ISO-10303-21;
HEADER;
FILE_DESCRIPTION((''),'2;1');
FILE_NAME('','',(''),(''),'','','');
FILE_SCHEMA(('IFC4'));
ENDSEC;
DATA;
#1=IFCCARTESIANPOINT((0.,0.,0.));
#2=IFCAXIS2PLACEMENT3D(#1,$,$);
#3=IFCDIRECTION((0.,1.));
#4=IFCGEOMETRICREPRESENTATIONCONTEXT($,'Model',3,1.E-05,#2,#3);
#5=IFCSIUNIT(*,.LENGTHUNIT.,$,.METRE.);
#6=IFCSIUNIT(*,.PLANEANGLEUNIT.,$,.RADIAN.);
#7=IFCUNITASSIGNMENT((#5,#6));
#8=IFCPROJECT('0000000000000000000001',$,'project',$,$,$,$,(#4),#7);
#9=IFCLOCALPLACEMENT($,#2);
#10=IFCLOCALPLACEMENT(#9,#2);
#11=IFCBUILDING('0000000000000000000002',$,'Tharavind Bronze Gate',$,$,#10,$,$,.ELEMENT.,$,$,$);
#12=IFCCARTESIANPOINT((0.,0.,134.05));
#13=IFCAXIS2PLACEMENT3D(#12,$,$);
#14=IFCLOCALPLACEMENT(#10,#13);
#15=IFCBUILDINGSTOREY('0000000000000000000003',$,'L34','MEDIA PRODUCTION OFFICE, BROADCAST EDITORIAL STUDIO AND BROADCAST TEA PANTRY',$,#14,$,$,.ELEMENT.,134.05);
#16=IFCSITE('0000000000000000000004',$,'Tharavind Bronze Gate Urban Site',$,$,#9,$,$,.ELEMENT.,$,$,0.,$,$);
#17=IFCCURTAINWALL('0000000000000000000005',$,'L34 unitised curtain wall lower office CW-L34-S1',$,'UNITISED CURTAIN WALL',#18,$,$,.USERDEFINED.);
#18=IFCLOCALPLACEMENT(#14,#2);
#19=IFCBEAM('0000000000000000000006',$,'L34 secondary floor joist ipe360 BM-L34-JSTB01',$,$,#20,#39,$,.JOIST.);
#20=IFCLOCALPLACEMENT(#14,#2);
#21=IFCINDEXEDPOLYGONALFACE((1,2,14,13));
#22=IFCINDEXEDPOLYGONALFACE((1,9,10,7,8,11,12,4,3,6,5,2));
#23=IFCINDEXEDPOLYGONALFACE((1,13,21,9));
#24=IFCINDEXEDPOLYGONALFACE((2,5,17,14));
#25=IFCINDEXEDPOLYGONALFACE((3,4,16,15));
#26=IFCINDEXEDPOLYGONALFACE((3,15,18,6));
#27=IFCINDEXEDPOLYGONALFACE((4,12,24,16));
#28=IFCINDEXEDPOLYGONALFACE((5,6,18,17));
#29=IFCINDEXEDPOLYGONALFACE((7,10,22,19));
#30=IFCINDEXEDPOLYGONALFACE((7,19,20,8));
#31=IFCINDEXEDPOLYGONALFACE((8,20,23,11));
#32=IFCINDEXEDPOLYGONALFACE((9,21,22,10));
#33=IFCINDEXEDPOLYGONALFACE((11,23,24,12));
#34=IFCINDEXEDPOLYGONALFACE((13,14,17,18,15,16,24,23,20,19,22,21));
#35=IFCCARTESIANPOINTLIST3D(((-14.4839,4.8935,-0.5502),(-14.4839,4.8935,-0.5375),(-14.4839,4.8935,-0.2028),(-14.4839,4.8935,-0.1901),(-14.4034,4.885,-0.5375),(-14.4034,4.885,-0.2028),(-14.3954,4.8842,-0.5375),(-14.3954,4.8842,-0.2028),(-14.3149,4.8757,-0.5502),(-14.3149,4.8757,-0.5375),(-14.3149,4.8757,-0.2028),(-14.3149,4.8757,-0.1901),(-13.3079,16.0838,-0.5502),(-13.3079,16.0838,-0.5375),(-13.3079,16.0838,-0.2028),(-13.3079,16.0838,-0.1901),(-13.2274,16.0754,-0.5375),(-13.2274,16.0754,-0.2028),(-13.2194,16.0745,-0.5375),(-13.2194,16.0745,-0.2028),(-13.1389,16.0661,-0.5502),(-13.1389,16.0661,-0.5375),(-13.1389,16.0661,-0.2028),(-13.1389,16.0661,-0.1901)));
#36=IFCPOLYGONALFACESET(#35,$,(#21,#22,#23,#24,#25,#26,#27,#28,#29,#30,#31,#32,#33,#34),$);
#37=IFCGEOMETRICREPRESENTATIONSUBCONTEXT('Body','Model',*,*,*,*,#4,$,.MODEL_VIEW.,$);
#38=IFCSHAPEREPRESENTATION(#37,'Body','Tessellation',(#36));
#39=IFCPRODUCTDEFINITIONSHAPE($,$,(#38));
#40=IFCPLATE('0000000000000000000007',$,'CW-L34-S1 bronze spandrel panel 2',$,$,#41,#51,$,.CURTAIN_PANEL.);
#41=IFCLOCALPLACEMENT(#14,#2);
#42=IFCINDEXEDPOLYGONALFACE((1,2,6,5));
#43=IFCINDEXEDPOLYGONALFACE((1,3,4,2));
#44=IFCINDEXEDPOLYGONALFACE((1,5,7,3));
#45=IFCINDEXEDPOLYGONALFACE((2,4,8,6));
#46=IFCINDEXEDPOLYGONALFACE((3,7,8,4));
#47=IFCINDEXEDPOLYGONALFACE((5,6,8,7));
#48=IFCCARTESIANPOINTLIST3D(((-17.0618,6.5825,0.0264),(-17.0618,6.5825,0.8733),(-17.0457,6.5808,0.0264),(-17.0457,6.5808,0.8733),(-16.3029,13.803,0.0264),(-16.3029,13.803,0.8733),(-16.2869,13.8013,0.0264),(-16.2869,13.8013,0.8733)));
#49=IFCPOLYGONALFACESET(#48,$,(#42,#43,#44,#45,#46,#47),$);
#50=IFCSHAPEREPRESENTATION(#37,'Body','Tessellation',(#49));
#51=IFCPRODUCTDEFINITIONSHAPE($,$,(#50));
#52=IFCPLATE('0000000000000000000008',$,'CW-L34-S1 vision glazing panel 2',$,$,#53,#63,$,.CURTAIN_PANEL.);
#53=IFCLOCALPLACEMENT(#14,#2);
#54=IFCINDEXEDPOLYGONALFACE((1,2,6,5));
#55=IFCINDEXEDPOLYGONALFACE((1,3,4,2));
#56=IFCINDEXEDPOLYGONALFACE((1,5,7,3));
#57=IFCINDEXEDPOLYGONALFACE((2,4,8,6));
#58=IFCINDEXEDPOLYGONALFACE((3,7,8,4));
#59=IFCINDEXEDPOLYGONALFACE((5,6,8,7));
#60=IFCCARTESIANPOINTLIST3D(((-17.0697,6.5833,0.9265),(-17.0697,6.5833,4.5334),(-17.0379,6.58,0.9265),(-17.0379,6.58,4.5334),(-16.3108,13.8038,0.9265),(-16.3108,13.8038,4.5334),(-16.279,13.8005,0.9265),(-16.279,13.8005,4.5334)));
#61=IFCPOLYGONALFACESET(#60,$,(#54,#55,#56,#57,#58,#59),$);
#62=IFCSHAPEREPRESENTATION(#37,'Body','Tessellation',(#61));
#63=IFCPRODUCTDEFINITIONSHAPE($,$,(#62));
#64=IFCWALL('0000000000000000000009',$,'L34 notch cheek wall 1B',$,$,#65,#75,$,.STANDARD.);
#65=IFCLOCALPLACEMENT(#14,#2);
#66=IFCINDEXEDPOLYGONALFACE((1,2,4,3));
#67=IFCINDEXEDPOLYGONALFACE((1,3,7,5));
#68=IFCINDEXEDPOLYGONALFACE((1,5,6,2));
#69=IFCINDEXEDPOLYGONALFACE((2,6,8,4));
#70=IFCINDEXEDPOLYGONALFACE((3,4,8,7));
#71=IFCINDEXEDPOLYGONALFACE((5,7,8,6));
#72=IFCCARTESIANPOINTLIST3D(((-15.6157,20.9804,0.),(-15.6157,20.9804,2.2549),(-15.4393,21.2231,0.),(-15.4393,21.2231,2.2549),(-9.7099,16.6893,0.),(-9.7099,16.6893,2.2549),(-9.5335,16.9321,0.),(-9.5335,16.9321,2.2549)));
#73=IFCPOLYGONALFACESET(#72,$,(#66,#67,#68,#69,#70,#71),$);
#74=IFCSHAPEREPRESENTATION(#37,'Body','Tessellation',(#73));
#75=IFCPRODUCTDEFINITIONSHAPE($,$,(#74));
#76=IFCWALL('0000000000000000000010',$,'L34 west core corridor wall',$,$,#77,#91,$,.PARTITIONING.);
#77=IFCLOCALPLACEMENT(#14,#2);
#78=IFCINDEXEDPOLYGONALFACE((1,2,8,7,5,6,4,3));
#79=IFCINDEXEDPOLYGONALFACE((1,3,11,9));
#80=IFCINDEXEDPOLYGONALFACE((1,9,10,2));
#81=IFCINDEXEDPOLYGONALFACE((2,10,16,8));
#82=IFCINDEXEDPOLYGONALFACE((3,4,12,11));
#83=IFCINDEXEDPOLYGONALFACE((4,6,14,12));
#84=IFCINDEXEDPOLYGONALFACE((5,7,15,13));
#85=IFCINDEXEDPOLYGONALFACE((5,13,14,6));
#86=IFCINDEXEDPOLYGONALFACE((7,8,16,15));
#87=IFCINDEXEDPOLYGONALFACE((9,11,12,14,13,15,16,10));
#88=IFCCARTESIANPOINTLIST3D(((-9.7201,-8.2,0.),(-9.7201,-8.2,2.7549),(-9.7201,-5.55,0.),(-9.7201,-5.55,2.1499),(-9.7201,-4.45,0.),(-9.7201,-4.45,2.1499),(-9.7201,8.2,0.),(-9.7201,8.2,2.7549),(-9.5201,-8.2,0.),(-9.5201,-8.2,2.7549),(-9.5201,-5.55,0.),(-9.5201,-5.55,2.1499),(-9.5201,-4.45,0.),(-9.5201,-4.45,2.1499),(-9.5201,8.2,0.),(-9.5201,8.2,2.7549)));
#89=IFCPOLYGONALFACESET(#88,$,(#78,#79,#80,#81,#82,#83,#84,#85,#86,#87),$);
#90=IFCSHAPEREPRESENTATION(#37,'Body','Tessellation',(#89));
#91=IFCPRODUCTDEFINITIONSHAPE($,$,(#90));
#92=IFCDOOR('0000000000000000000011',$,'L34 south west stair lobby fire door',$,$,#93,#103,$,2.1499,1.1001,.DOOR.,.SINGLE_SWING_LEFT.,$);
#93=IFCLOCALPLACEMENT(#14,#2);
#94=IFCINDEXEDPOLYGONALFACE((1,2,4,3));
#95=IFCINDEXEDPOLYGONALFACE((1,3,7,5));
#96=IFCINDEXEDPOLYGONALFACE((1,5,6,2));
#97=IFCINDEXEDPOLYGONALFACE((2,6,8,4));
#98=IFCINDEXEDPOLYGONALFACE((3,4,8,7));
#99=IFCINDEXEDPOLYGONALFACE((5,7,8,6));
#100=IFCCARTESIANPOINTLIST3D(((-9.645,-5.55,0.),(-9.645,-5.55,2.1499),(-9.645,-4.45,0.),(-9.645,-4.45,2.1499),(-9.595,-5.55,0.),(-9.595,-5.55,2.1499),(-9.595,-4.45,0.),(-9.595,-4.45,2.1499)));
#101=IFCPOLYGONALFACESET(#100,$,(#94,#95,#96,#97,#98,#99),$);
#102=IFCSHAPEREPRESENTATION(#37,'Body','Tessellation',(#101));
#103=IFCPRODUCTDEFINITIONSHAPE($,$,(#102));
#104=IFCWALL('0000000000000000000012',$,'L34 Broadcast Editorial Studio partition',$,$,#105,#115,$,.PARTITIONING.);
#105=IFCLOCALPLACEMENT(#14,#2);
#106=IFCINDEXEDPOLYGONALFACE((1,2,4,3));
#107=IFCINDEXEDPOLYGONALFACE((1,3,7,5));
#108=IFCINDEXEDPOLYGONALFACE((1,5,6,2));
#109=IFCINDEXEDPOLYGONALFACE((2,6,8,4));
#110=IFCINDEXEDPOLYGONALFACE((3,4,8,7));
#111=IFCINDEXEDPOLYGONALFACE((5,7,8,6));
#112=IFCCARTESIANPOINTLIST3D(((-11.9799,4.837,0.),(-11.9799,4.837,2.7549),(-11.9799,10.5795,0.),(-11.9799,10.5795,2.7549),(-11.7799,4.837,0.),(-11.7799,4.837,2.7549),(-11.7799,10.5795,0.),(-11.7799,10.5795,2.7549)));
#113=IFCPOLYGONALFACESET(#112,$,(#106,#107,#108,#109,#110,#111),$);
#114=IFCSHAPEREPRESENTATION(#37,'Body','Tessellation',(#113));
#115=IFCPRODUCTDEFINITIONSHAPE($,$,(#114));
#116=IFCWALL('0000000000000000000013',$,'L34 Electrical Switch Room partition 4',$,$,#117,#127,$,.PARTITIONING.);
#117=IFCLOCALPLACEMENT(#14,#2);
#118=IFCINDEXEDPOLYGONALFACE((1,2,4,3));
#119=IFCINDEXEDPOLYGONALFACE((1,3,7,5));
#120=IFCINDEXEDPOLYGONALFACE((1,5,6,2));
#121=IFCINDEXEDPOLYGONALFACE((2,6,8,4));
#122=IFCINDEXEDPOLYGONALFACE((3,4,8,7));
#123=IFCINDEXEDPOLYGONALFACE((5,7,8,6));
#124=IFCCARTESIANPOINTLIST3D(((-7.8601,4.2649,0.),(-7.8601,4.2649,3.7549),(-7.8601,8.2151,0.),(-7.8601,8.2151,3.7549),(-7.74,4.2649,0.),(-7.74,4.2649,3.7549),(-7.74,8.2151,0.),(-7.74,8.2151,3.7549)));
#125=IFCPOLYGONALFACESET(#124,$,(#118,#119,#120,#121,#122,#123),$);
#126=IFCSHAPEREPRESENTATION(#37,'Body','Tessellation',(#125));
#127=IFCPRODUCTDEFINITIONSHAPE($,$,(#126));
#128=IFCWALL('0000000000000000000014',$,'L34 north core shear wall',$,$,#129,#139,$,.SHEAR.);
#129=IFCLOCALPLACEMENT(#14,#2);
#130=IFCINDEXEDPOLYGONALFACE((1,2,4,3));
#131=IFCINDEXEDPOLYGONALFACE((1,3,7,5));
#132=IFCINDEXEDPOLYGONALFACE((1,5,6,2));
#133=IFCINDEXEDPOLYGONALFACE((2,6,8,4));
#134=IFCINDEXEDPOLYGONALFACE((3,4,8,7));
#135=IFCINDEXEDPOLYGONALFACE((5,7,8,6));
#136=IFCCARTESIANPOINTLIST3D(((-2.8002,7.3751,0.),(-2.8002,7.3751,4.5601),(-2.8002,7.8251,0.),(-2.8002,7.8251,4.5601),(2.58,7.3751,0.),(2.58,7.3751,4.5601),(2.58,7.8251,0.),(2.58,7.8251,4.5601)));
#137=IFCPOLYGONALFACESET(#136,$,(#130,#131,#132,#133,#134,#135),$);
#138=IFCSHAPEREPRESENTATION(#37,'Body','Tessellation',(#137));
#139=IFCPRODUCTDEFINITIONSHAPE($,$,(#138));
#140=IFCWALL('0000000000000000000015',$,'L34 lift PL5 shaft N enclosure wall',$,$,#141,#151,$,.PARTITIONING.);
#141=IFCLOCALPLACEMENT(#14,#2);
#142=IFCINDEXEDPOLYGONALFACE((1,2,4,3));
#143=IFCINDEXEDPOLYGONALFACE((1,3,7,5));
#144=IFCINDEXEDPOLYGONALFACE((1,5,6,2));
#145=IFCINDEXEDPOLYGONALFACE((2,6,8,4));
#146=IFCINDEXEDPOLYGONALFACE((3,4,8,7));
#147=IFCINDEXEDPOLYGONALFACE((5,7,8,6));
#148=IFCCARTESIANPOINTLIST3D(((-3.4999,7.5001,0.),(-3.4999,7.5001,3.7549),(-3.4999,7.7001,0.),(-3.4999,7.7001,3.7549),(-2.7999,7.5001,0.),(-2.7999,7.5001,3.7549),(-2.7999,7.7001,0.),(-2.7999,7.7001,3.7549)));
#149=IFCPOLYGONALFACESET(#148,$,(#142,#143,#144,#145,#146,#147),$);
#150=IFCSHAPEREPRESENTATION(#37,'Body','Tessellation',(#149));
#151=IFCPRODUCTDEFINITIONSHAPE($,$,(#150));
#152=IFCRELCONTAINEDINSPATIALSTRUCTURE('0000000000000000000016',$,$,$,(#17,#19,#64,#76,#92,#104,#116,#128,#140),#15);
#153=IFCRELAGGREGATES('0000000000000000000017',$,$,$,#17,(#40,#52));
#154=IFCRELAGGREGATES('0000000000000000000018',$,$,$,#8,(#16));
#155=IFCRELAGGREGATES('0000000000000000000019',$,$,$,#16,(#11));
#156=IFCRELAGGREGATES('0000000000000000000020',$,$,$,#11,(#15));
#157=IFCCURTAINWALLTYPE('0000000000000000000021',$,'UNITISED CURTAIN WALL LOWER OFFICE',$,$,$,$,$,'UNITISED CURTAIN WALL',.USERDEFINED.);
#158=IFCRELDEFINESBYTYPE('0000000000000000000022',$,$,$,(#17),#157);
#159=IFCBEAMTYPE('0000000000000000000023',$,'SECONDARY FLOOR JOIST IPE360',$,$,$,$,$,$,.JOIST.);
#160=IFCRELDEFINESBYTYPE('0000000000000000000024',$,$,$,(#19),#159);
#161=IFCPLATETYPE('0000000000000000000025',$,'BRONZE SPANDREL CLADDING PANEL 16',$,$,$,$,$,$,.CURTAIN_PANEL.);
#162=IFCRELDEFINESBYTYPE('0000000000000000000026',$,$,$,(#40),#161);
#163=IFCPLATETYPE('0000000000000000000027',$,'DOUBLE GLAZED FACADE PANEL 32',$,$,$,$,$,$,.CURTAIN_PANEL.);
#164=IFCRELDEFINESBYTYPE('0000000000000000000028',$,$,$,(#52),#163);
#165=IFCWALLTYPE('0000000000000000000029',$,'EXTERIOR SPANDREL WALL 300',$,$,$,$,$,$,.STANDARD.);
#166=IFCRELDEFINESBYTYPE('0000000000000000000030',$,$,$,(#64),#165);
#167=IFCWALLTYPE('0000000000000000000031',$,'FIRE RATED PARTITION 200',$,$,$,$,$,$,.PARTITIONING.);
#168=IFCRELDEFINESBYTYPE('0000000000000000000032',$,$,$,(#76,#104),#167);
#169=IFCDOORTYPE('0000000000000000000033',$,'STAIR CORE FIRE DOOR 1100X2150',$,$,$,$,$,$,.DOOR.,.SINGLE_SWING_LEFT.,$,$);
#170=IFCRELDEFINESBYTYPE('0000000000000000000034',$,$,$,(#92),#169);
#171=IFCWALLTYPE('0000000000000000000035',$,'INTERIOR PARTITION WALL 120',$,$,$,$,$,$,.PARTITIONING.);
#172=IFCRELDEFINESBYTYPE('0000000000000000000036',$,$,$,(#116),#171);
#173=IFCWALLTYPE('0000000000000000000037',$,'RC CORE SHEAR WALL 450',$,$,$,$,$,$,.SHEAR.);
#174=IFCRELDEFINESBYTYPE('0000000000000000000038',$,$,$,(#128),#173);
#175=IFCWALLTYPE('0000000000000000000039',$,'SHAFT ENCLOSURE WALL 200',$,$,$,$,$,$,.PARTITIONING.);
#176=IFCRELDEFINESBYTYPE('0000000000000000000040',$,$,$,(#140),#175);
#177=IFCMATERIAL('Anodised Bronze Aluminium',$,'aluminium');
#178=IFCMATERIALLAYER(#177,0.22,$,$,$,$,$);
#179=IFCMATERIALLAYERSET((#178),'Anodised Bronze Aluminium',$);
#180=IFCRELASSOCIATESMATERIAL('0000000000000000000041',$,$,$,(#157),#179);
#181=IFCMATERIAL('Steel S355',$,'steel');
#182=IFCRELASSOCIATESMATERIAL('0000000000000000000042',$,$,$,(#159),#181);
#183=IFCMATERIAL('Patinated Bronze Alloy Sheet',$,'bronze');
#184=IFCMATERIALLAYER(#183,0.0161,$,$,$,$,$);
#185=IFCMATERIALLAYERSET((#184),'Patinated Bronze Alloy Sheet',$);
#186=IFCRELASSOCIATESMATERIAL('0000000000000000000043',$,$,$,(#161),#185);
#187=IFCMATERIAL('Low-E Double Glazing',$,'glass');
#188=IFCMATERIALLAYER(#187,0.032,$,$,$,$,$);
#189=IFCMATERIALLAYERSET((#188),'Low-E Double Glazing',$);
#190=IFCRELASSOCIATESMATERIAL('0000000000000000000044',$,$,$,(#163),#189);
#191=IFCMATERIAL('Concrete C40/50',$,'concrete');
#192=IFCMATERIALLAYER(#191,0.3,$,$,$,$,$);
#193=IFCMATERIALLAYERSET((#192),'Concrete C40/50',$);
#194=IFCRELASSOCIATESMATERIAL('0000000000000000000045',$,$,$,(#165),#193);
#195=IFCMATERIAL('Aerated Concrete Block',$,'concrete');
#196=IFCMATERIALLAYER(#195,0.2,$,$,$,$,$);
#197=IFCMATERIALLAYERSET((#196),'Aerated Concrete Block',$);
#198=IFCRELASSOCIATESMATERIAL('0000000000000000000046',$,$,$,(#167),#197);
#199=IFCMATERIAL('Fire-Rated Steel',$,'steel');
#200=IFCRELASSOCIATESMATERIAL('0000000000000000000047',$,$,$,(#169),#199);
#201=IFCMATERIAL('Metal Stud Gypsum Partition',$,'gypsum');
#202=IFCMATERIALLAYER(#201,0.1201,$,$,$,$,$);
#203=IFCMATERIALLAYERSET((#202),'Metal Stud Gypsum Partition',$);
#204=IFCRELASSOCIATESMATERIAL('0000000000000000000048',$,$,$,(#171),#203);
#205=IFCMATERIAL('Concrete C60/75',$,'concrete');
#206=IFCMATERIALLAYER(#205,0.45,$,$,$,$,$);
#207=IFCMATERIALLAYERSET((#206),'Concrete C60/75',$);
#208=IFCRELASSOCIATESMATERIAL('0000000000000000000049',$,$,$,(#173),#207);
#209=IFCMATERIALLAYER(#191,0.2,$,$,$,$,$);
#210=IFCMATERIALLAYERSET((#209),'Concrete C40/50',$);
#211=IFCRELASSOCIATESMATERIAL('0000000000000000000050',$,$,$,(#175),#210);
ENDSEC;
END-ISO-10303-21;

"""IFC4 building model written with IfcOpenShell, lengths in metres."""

from ifc_helpers import new_model, si_unit, direction, frame, frame_2d, origin, origin_2d, place, context, subcontext, project, spatial, rectangle, i_section, extrude, material, layer, layer_set, material_profile, profile_set, type_object, element, fill, aggregate, save


model = new_model("IFC4")

# Units and contexts
model_context = context("Model", 3, precision=1e-05, world=origin(), true_north=direction((0.0, 1.0)))
body_context = subcontext(model_context, "Body", "Model", "MODEL_VIEW")
ifc_project = project(units=[si_unit("LENGTHUNIT", "METRE"), si_unit("PLANEANGLEUNIT", "RADIAN")], contexts=[model_context])

# Site, building, storey
site_placement = place(None, origin())
site = spatial("IfcSite", under=ifc_project, at=site_placement, Name="Tharavind Bronze Gate Urban Site", CompositionType="ELEMENT", RefElevation=0.0)
building_placement = place(site_placement, origin())
building = spatial("IfcBuilding", under=site, at=building_placement, Name="Tharavind Bronze Gate", CompositionType="ELEMENT")
storey_placement = place(building_placement, frame((0.0, 0.0, 134.05)))
storey = spatial("IfcBuildingStorey", under=building, at=storey_placement, Name="L34", Description="MEDIA PRODUCTION OFFICE, BROADCAST EDITORIAL STUDIO AND BROADCAST TEA PANTRY", CompositionType="ELEMENT", Elevation=134.05)

# Shared definitions
ifc_material_1 = material(Name="Concrete C60/75", Category="concrete")

# Curtain wall
ifc_material_2 = material(Name="Anodised Bronze Aluminium", Category="aluminium")
ifc_layer_1 = layer(ifc_material_2, 0.22)
ifc_layer_set_1 = layer_set([ifc_layer_1], Name="Anodised Bronze Aluminium")
curtain_wall_type = type_object("IfcCurtainWallType", Name="UNITISED CURTAIN WALL LOWER OFFICE", ElementType="UNITISED CURTAIN WALL", PredefinedType="USERDEFINED", material=ifc_layer_set_1)
curtain_wall_placement = place(storey_placement, origin())
curtain_wall = element("IfcCurtainWall", 1, at=curtain_wall_placement, inside=storey, type_object=curtain_wall_type, Name="L34 unitised curtain wall lower office CW-L34-S1", ObjectType="UNITISED CURTAIN WALL", PredefinedType="USERDEFINED")

# Beam
ifc_material_3 = material(Name="Steel S355", Category="steel")
ifc_material_profile_1 = material_profile(ifc_material_3, i_section(OverallWidth=0.1699, OverallDepth=0.3601, WebThickness=0.0081, FlangeThickness=0.0127, at=origin_2d()), Name="IPE360")
ifc_profile_set_1 = profile_set([ifc_material_profile_1], Name="Steel S355")
beam_type_1 = type_object("IfcBeamType", Name="SECONDARY FLOOR JOIST IPE360", PredefinedType="JOIST", material=ifc_profile_set_1)
beam_1_placement = place(storey_placement, frame((-13.2234, 16.075, -0.3701), z_axis=(-0.104516, -0.994523, 0.0), x_axis=(0.994523, -0.104516, 0.0)))
element("IfcBeam", 2, at=beam_1_placement, inside=storey, type_object=beam_type_1, Name="L34 secondary floor joist ipe360 BM-L34-JSTB01", PredefinedType="JOIST", context=body_context, shape_type="SweptSolid", body=[
    extrude(i_section(OverallWidth=0.1699, OverallDepth=0.3601, WebThickness=0.0081, FlangeThickness=0.0127, at=origin_2d()), origin(), (0.0, 0.0, 1.0), 11.252),
])

# Plates
ifc_material_4 = material(Name="Patinated Bronze Alloy Sheet", Category="bronze")
ifc_layer_2 = layer(ifc_material_4, 0.0161)
ifc_layer_set_2 = layer_set([ifc_layer_2], Name="Patinated Bronze Alloy Sheet")
plate_type_1 = type_object("IfcPlateType", Name="BRONZE SPANDREL CLADDING PANEL 16", PredefinedType="CURTAIN_PANEL", material=ifc_layer_set_2)
plate_1_placement = place(storey_placement, frame((-16.6743, 10.1919, 0.0264), z_axis=(0.0, 0.0, 1.0), x_axis=(-0.104527, -0.994522, 0.0)))
plate_1 = element("IfcPlate", 3, at=plate_1_placement, type_object=plate_type_1, Name="CW-L34-S1 bronze spandrel panel 2", PredefinedType="CURTAIN_PANEL", context=body_context, shape_type="SweptSolid", body=[
    extrude(rectangle(XDim=7.2603, YDim=0.0161, at=origin_2d()), origin(), (0.0, 0.0, 1.0), 0.8469),
])
ifc_material_5 = material(Name="Low-E Double Glazing", Category="glass")
ifc_layer_3 = layer(ifc_material_5, 0.032)
ifc_layer_set_3 = layer_set([ifc_layer_3], Name="Low-E Double Glazing")
plate_type_2 = type_object("IfcPlateType", Name="DOUBLE GLAZED FACADE PANEL 32", PredefinedType="CURTAIN_PANEL", material=ifc_layer_set_3)
plate_2_placement = place(storey_placement, frame((-16.6743, 10.1919, 0.9265), z_axis=(0.0, 0.0, 1.0), x_axis=(-0.104527, -0.994522, 0.0)))
plate_2 = element("IfcPlate", 4, at=plate_2_placement, type_object=plate_type_2, Name="CW-L34-S1 vision glazing panel 2", PredefinedType="CURTAIN_PANEL", context=body_context, shape_type="SweptSolid", body=[
    extrude(rectangle(XDim=7.2603, YDim=0.032, at=origin_2d()), origin(), (0.0, 0.0, 1.0), 3.6069),
])
aggregate(curtain_wall, [plate_1, plate_2])

# Wall
ifc_material_6 = material(Name="Concrete C40/50", Category="concrete")
ifc_layer_4 = layer(ifc_material_6, 0.3)
ifc_layer_set_4 = layer_set([ifc_layer_4], Name="Concrete C40/50")
wall_type_1 = type_object("IfcWallType", Name="EXTERIOR SPANDREL WALL 300", PredefinedType="STANDARD", material=ifc_layer_set_4)
wall_1_placement = place(storey_placement, frame((-9.6218, 16.8108, 0.0), z_axis=(0.0, 0.0, 1.0), x_axis=(-0.809002, 0.587806, 0.0)))
element("IfcWall", 5, at=wall_1_placement, inside=storey, type_object=wall_type_1, Name="L34 notch cheek wall 1B", PredefinedType="STANDARD", context=body_context, shape_type="SweptSolid", body=[
    extrude(rectangle(XDim=7.3, YDim=0.3, at=frame_2d((3.6499, 0.0))), origin(), (0.0, 0.0, 1.0), 2.2549),
])

# Wall, opening, door
ifc_material_7 = material(Name="Aerated Concrete Block", Category="concrete")
ifc_layer_5 = layer(ifc_material_7, 0.2)
ifc_layer_set_5 = layer_set([ifc_layer_5], Name="Aerated Concrete Block")
wall_type_2 = type_object("IfcWallType", Name="FIRE RATED PARTITION 200", PredefinedType="PARTITIONING", material=ifc_layer_set_5)
wall_2_placement = place(storey_placement, frame((-9.6201, 8.2, 0.0), z_axis=(0.0, 0.0, 1.0), x_axis=(0.0, -1.0, 0.0)))
wall_2 = element("IfcWall", 6, at=wall_2_placement, inside=storey, type_object=wall_type_2, Name="L34 west core corridor wall", PredefinedType="PARTITIONING", context=body_context, shape_type="SweptSolid", body=[
    extrude(rectangle(XDim=16.3999, YDim=0.2, at=frame_2d((8.2, 0.0))), origin(), (0.0, 0.0, 1.0), 2.7549),
])
opening_placement = place(wall_2_placement, frame((12.6499, 0.0, 0.0)))
opening = element("IfcOpeningElement", 7, at=opening_placement, cuts=wall_2, PredefinedType="OPENING", context=body_context, shape_type="SweptSolid", body=[
    extrude(rectangle(XDim=1.1001, YDim=2.1499, at=frame_2d((0.55, 1.075))), frame((0.0, 0.1101, 0.0), z_axis=(0.0, -1.0, 0.0), x_axis=(1.0, 0.0, 0.0)), (0.0, 0.0, 1.0), 0.22),
])
ifc_material_8 = material(Name="Fire-Rated Steel", Category="steel")
door_type = type_object("IfcDoorType", Name="STAIR CORE FIRE DOOR 1100X2150", OperationType="SINGLE_SWING_LEFT", PredefinedType="DOOR", material=ifc_material_8)
door_placement = place(opening_placement, frame((1.1001, 0.0, 0.0), z_axis=(0.0, 0.0, 1.0), x_axis=(-1.0, 0.0, 0.0)))
door = element("IfcDoor", 8, at=door_placement, inside=storey, type_object=door_type, Name="L34 south west stair lobby fire door", OperationType="SINGLE_SWING_LEFT", OverallHeight=2.1499, OverallWidth=1.1001, PredefinedType="DOOR", context=body_context, shape_type="SweptSolid", body=[
    extrude(rectangle(XDim=1.1001, YDim=2.1499, at=frame_2d((0.55, 1.075))), frame((0.0, 0.0249, 0.0), z_axis=(0.0, -1.0, 0.0), x_axis=(1.0, 0.0, 0.0)), (0.0, 0.0, 1.0), 0.05),
])
fill(opening, door)

# Walls
wall_3_placement = place(storey_placement, frame((-11.8799, 10.5793, 0.0), z_axis=(0.0, 0.0, 1.0), x_axis=(0.0, -1.0, 0.0)))
element("IfcWall", 9, at=wall_3_placement, inside=storey, type_object=wall_type_2, Name="L34 Broadcast Editorial Studio partition", PredefinedType="PARTITIONING", context=body_context, shape_type="SweptSolid", body=[
    extrude(rectangle(XDim=5.7424, YDim=0.2, at=frame_2d((2.8711, 0.0))), origin(), (0.0, 0.0, 1.0), 2.7549),
])
ifc_material_9 = material(Name="Metal Stud Gypsum Partition", Category="gypsum")
ifc_layer_6 = layer(ifc_material_9, 0.1201)
ifc_layer_set_6 = layer_set([ifc_layer_6], Name="Metal Stud Gypsum Partition")
wall_type_3 = type_object("IfcWallType", Name="INTERIOR PARTITION WALL 120", PredefinedType="PARTITIONING", material=ifc_layer_set_6)
wall_4_placement = place(storey_placement, frame((-7.8, 8.2151, 0.0), z_axis=(0.0, 0.0, 1.0), x_axis=(0.0, -1.0, 0.0)))
element("IfcWall", 10, at=wall_4_placement, inside=storey, type_object=wall_type_3, Name="L34 Electrical Switch Room partition 4", PredefinedType="PARTITIONING", context=body_context, shape_type="SweptSolid", body=[
    extrude(rectangle(XDim=3.9502, YDim=0.1201, at=frame_2d((1.9751, 0.0))), origin(), (0.0, 0.0, 1.0), 3.7549),
])
ifc_layer_7 = layer(ifc_material_1, 0.45)
ifc_layer_set_7 = layer_set([ifc_layer_7], Name="Concrete C60/75")
wall_type_4 = type_object("IfcWallType", Name="RC CORE SHEAR WALL 450", PredefinedType="SHEAR", material=ifc_layer_set_7)
wall_5_placement = place(storey_placement, frame((-2.8, 7.6001, 0.0), z_axis=(0.0, 0.0, 1.0), x_axis=(1.0, 0.0, 0.0)))
element("IfcWall", 11, at=wall_5_placement, inside=storey, type_object=wall_type_4, Name="L34 north core shear wall", PredefinedType="SHEAR", context=body_context, shape_type="SweptSolid", body=[
    extrude(rectangle(XDim=5.3801, YDim=0.45, at=frame_2d((2.6899, 0.0))), origin(), (0.0, 0.0, 1.0), 4.5601),
])
ifc_layer_8 = layer(ifc_material_6, 0.2)
ifc_layer_set_8 = layer_set([ifc_layer_8], Name="Concrete C40/50")
wall_type_5 = type_object("IfcWallType", Name="SHAFT ENCLOSURE WALL 200", PredefinedType="PARTITIONING", material=ifc_layer_set_8)
wall_6_placement = place(storey_placement, frame((-3.5, 7.6001, 0.0), z_axis=(0.0, 0.0, 1.0), x_axis=(1.0, 0.0, 0.0)))
element("IfcWall", 12, at=wall_6_placement, inside=storey, type_object=wall_type_5, Name="L34 lift PL5 shaft N enclosure wall", PredefinedType="PARTITIONING", context=body_context, shape_type="SweptSolid", body=[
    extrude(rectangle(XDim=0.7, YDim=0.2, at=frame_2d((0.3501, 0.0))), origin(), (0.0, 0.0, 1.0), 3.7549),
])

save(model, "model.ifc")
